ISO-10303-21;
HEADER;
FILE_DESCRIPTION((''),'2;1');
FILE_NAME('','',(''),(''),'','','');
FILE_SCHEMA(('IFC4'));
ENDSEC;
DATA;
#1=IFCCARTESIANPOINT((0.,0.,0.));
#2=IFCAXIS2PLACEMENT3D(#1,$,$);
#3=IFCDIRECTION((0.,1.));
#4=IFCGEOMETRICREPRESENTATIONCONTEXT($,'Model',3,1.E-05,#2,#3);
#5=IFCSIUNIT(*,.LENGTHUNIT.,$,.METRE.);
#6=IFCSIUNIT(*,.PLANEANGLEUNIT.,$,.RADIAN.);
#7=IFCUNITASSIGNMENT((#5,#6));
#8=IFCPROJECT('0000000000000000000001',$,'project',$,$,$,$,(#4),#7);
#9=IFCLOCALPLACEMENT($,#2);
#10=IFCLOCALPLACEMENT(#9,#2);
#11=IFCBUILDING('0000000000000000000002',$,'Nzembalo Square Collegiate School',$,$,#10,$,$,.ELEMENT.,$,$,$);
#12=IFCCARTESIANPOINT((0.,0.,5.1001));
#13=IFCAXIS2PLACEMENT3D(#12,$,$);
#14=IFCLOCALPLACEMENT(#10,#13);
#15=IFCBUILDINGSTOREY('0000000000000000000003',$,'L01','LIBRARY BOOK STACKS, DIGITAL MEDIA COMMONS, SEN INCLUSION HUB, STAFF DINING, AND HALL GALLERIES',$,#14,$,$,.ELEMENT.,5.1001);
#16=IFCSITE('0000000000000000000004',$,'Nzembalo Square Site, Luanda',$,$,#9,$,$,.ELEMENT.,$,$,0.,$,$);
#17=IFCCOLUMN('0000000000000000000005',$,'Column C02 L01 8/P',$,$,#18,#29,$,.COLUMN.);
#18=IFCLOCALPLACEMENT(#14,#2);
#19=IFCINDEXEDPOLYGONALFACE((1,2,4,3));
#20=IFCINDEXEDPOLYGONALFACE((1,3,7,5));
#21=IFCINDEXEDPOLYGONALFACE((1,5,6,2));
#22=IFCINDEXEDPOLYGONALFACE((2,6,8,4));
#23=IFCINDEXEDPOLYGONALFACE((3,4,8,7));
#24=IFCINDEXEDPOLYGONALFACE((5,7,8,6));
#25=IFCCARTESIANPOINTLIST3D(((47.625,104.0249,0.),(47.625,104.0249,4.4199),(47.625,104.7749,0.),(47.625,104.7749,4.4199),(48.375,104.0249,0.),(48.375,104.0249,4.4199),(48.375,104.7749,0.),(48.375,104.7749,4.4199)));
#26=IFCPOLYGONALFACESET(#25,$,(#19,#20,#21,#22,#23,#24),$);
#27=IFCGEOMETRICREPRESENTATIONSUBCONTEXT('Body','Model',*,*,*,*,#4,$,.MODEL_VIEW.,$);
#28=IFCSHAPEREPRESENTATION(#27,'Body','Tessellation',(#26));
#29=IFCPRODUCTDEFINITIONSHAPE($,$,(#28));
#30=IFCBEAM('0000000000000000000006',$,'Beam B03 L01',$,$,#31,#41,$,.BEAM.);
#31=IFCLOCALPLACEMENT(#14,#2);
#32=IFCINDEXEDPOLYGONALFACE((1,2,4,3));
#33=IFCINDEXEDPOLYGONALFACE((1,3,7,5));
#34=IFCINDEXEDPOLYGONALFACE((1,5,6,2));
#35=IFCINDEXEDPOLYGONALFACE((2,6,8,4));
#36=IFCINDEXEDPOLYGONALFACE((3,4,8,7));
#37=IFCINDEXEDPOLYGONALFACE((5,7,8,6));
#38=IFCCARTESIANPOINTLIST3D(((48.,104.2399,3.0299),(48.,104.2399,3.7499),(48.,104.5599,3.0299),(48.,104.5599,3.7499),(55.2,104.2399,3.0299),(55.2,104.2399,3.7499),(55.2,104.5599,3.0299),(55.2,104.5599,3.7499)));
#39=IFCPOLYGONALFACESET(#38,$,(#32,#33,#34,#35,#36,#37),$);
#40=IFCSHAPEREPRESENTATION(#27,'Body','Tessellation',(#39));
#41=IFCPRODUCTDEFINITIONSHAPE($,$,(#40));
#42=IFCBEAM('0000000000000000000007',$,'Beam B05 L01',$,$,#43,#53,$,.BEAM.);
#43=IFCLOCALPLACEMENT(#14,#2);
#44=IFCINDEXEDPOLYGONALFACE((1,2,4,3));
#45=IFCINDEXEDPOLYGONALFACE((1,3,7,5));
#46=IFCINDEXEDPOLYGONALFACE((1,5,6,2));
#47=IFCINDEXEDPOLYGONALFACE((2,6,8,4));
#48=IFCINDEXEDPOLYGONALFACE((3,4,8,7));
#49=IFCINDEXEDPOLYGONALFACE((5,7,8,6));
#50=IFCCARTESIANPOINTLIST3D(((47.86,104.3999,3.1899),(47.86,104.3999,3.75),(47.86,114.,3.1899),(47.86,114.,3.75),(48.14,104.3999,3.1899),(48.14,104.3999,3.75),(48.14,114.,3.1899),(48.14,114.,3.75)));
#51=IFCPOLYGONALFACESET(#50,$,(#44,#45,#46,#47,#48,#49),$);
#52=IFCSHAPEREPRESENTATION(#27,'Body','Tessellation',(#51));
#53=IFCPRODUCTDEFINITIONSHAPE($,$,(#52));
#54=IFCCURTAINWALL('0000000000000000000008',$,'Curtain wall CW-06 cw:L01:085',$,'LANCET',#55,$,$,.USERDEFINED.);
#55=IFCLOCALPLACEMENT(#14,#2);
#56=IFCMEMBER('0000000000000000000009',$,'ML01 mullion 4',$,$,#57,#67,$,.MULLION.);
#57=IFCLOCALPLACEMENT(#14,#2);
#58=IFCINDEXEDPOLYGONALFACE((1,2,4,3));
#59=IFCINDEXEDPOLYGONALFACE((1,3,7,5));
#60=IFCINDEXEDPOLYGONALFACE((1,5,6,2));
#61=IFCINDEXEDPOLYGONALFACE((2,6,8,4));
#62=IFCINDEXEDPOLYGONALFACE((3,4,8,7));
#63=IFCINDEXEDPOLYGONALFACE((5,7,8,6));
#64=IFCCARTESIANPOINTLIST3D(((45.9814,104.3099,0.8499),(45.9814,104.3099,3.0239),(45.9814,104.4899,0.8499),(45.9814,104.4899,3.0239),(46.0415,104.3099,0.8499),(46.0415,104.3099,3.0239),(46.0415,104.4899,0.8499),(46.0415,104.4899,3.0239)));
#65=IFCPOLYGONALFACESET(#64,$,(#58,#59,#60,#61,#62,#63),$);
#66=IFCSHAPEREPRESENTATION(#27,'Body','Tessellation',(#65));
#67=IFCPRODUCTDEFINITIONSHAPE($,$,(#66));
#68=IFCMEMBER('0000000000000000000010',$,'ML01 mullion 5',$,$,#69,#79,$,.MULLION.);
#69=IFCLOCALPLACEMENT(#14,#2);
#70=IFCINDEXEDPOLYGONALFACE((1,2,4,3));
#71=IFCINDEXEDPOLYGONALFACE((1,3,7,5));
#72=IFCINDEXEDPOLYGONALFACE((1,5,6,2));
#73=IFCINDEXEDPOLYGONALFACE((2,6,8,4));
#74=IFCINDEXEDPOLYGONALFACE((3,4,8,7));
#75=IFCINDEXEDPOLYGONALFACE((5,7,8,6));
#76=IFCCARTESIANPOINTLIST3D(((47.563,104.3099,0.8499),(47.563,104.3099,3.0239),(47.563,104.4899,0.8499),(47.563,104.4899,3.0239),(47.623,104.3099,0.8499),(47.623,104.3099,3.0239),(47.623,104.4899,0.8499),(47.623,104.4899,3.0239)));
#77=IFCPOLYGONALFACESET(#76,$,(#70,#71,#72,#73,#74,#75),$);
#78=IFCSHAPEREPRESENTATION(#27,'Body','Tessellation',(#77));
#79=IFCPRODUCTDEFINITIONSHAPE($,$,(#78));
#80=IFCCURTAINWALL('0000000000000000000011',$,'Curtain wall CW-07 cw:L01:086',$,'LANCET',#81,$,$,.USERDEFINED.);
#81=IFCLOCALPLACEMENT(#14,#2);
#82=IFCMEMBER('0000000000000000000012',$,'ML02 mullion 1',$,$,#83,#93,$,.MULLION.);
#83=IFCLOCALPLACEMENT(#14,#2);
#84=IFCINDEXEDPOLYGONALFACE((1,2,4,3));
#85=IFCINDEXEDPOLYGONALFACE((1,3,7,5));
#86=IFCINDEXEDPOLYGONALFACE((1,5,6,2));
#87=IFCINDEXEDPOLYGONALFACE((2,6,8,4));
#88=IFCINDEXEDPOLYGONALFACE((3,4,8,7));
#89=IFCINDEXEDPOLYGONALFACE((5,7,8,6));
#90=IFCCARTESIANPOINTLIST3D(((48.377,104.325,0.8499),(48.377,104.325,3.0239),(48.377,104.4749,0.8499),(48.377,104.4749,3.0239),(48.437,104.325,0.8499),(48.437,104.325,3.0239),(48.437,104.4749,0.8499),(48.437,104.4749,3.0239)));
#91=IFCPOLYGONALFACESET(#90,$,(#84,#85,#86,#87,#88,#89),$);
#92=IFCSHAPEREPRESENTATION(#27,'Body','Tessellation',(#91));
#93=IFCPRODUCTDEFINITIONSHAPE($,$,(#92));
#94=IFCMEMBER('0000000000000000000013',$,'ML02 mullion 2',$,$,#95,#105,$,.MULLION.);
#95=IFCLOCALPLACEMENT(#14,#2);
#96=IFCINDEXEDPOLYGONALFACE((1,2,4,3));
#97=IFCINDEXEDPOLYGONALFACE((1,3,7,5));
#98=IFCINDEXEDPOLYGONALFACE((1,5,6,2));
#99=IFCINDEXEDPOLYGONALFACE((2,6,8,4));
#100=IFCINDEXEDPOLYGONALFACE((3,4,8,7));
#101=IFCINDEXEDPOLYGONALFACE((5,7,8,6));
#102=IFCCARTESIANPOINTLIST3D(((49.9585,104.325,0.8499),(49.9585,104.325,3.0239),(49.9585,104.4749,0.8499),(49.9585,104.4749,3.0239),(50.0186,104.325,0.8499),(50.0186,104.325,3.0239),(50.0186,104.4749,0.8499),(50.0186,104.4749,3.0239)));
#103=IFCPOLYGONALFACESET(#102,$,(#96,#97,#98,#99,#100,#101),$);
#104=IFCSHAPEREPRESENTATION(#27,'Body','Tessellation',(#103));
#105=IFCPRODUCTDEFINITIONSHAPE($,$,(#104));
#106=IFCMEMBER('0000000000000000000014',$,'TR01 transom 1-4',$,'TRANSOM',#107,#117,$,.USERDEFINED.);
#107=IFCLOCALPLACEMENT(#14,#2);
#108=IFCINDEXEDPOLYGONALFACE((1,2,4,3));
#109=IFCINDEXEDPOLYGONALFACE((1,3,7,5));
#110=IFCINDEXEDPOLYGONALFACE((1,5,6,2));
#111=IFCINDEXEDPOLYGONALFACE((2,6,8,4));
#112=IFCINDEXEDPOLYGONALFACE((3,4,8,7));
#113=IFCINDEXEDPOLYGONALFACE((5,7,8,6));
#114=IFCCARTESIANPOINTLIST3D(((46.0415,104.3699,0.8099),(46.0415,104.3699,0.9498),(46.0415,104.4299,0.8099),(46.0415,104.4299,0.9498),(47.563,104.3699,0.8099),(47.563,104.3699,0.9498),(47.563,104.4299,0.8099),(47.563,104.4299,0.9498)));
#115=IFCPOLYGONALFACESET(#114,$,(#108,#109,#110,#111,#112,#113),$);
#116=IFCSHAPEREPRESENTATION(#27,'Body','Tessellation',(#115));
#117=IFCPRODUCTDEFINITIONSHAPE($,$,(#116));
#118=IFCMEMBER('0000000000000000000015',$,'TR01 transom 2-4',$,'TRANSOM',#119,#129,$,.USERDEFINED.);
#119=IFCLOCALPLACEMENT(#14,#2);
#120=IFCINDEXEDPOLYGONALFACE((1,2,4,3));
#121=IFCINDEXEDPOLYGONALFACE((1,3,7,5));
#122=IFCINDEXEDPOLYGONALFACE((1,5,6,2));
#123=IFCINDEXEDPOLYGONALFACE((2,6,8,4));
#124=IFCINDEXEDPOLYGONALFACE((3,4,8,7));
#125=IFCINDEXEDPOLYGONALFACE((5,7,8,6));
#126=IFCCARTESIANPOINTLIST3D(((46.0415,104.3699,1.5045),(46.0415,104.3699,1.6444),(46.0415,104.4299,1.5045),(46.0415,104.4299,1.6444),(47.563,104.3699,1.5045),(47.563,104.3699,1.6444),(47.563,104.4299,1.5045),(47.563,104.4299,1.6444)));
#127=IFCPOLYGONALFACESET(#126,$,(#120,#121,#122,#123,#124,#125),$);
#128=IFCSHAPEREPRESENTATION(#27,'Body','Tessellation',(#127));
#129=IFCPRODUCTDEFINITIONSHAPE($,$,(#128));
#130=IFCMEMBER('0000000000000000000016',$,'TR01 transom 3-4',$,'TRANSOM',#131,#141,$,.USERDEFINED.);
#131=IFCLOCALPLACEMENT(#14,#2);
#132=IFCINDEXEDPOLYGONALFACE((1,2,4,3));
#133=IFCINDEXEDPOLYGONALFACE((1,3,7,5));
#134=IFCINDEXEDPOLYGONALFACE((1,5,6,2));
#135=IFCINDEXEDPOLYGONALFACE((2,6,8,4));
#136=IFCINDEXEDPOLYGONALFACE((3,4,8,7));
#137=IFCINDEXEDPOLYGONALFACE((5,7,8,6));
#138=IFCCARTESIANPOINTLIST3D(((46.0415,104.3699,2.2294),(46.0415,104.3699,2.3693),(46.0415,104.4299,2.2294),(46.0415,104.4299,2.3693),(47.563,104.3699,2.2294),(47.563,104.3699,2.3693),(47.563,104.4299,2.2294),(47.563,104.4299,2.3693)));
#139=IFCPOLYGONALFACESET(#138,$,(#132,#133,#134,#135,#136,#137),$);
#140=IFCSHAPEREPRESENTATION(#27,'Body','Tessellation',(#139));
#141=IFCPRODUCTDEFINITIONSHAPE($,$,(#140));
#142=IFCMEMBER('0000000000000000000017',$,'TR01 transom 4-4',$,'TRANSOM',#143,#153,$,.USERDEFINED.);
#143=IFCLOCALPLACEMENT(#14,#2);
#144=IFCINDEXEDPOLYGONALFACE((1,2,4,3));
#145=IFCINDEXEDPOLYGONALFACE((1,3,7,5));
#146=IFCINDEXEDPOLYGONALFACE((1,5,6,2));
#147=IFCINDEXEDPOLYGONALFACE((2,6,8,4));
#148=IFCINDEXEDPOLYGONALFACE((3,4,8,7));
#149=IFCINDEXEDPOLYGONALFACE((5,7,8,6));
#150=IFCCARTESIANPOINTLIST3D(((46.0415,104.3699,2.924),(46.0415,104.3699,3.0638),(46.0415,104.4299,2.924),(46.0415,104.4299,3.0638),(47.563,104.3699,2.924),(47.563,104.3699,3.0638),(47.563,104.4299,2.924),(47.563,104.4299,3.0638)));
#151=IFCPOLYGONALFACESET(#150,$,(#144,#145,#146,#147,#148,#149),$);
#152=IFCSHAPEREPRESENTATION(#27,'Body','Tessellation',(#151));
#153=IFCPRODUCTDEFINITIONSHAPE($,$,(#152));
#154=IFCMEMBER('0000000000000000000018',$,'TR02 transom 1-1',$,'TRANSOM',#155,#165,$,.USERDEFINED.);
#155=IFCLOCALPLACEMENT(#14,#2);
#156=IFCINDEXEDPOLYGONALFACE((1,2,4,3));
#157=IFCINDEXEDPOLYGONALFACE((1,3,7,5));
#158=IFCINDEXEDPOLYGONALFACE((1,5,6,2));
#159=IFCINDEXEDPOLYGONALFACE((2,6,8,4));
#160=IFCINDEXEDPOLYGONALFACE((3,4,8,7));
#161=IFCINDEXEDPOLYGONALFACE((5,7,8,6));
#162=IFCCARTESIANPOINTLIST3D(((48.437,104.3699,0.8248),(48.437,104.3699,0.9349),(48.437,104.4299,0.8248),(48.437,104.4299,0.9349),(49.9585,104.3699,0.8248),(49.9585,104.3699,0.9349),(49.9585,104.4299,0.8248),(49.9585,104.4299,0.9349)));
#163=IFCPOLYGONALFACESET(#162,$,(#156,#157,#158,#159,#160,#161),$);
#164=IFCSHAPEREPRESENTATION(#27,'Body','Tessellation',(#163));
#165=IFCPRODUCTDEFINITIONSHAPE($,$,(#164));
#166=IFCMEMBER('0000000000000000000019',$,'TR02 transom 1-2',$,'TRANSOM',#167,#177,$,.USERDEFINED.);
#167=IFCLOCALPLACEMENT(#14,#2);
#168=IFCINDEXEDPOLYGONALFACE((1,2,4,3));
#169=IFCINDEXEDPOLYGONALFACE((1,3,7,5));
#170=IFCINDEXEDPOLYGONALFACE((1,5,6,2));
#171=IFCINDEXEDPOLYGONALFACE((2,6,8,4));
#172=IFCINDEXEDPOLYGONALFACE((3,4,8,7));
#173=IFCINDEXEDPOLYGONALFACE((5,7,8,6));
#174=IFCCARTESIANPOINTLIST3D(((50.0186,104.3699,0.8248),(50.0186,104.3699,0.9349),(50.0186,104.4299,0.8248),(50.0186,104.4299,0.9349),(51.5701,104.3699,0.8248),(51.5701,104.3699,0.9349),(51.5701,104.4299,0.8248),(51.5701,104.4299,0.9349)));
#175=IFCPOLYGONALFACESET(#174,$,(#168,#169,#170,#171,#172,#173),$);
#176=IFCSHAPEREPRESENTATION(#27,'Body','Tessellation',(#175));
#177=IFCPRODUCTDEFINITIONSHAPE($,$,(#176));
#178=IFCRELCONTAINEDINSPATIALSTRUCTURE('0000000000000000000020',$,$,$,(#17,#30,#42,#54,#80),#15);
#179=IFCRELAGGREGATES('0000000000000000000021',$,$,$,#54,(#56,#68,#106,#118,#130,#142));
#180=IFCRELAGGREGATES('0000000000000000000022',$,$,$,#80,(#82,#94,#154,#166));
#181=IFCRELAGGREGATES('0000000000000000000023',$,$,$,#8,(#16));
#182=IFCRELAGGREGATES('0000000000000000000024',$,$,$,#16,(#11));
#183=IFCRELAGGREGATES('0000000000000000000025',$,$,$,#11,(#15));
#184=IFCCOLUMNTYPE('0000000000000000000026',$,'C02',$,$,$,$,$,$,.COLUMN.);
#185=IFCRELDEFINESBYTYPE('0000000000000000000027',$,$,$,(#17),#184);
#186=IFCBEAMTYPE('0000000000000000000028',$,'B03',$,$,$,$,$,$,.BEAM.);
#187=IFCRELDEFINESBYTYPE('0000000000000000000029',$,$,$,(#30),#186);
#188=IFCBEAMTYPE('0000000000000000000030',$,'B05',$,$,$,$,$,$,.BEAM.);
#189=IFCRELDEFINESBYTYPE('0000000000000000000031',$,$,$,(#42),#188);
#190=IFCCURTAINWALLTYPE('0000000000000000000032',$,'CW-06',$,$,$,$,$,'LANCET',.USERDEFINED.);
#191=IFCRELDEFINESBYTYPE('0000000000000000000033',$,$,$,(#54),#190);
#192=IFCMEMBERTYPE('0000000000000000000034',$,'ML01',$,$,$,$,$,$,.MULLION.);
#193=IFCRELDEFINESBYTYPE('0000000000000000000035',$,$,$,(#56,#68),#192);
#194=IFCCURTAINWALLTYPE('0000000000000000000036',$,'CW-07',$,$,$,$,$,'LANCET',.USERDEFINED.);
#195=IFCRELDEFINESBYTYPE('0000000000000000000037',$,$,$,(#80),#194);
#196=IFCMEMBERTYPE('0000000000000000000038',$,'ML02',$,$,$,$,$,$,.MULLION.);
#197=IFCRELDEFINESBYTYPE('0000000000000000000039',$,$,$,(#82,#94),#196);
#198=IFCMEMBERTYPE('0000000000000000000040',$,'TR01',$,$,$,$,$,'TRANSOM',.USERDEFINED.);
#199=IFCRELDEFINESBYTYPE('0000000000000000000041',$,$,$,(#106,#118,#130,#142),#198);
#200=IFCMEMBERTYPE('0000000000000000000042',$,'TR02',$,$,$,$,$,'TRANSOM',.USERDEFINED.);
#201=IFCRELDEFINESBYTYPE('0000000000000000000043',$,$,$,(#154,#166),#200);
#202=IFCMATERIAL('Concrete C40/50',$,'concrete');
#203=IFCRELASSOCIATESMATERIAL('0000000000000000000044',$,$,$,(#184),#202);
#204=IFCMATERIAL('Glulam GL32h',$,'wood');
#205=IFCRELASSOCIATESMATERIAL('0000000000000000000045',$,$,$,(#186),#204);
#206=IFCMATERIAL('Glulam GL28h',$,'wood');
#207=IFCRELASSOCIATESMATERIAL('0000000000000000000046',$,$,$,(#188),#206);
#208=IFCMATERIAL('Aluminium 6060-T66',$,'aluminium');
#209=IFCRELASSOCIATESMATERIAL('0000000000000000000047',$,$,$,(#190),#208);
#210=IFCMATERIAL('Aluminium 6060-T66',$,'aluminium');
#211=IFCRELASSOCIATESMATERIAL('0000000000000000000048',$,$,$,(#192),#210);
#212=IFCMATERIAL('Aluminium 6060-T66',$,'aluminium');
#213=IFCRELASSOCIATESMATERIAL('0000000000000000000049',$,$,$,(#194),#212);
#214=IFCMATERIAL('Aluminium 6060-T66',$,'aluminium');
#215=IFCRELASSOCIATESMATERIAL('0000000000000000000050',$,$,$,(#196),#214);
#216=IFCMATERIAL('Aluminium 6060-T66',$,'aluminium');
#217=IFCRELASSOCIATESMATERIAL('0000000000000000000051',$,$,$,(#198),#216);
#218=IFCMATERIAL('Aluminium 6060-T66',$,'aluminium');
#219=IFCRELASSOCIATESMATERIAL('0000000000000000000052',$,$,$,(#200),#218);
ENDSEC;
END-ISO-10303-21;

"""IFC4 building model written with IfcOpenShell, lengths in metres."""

from ifc_helpers import new_model, si_unit, direction, frame, origin, origin_2d, place, context, subcontext, project, spatial, rectangle, extrude, material, material_profile, profile_set, type_object, element, aggregate, save


model = new_model("IFC4")

# Units and contexts
model_context = context("Model", 3, precision=1e-05, world=origin(), true_north=direction((0.0, 1.0)))
body_context = subcontext(model_context, "Body", "Model", "MODEL_VIEW")
ifc_project = project(units=[si_unit("LENGTHUNIT", "METRE"), si_unit("PLANEANGLEUNIT", "RADIAN")], contexts=[model_context])

# Site, building, storey
site_placement = place(None, origin())
site = spatial("IfcSite", under=ifc_project, at=site_placement, Name="Nzembalo Square Site, Luanda", CompositionType="ELEMENT", RefElevation=0.0)
building_placement = place(site_placement, origin())
building = spatial("IfcBuilding", under=site, at=building_placement, Name="Nzembalo Square Collegiate School", CompositionType="ELEMENT")
storey_placement = place(building_placement, frame((0.0, 0.0, 5.1001)))
storey = spatial("IfcBuildingStorey", under=building, at=storey_placement, Name="L01", Description="LIBRARY BOOK STACKS, DIGITAL MEDIA COMMONS, SEN INCLUSION HUB, STAFF DINING, AND HALL GALLERIES", CompositionType="ELEMENT", Elevation=5.1001)

# Column
ifc_material_1 = material(Name="Concrete C40/50", Category="concrete")
ifc_material_profile_1 = material_profile(ifc_material_1, rectangle(XDim=0.75, YDim=0.75, at=origin_2d()), Name="RC 750x750")
ifc_profile_set_1 = profile_set([ifc_material_profile_1], Name="Concrete C40/50")
column_type = type_object("IfcColumnType", Name="C02", PredefinedType="COLUMN", material=ifc_profile_set_1)
column_placement = place(storey_placement, frame((48.0, 104.3999, 0.0), z_axis=(0.0, 0.0, 1.0), x_axis=(1.0, 0.0, 0.0)))
element("IfcColumn", 1, at=column_placement, inside=storey, type_object=column_type, Name="Column C02 L01 8/P", PredefinedType="COLUMN", context=body_context, shape_type="SweptSolid", body=[
    extrude(rectangle(XDim=0.75, YDim=0.75, at=origin_2d()), origin(), (0.0, 0.0, 1.0), 4.4199),
])

# Beams
ifc_material_2 = material(Name="Glulam GL32h", Category="wood")
ifc_material_profile_2 = material_profile(ifc_material_2, rectangle(XDim=0.3201, YDim=0.72, at=origin_2d()), Name="GL32h 320x720")
ifc_profile_set_2 = profile_set([ifc_material_profile_2], Name="Glulam GL32h")
beam_type_1 = type_object("IfcBeamType", Name="B03", PredefinedType="BEAM", material=ifc_profile_set_2)
beam_1_placement = place(storey_placement, frame((48.0, 104.3999, 3.3899), z_axis=(1.0, 0.0, 0.0), x_axis=(0.0, 1.0, 0.0)))
element("IfcBeam", 2, at=beam_1_placement, inside=storey, type_object=beam_type_1, Name="Beam B03 L01", PredefinedType="BEAM", context=body_context, shape_type="SweptSolid", body=[
    extrude(rectangle(XDim=0.3201, YDim=0.72, at=origin_2d()), origin(), (0.0, 0.0, 1.0), 7.2),
])
ifc_material_3 = material(Name="Glulam GL28h", Category="wood")
ifc_material_profile_3 = material_profile(ifc_material_3, rectangle(XDim=0.28, YDim=0.5601, at=origin_2d()), Name="GL28h 280x560")
ifc_profile_set_3 = profile_set([ifc_material_profile_3], Name="Glulam GL28h")
beam_type_2 = type_object("IfcBeamType", Name="B05", PredefinedType="BEAM", material=ifc_profile_set_3)
beam_2_placement = place(storey_placement, frame((48.0, 104.3999, 3.47), z_axis=(0.0, 1.0, 0.0), x_axis=(-1.0, 0.0, 0.0)))
element("IfcBeam", 3, at=beam_2_placement, inside=storey, type_object=beam_type_2, Name="Beam B05 L01", PredefinedType="BEAM", context=body_context, shape_type="SweptSolid", body=[
    extrude(rectangle(XDim=0.28, YDim=0.5601, at=origin_2d()), origin(), (0.0, 0.0, 1.0), 9.6001),
])

# Curtain walls, members
ifc_material_4 = material(Name="Aluminium 6060-T66", Category="aluminium")
curtain_wall_type_1 = type_object("IfcCurtainWallType", Name="CW-06", ElementType="LANCET", PredefinedType="USERDEFINED", material=ifc_material_4)
curtain_wall_1_placement = place(storey_placement, origin())
curtain_wall_1 = element("IfcCurtainWall", 4, at=curtain_wall_1_placement, inside=storey, type_object=curtain_wall_type_1, Name="Curtain wall CW-06 cw:L01:085", ObjectType="LANCET", PredefinedType="USERDEFINED")
ifc_material_5 = material(Name="Aluminium 6060-T66", Category="aluminium")
ifc_material_profile_4 = material_profile(ifc_material_5, rectangle(XDim=0.0601, YDim=0.1799, at=origin_2d()), Name="ALU M60x180")
ifc_profile_set_4 = profile_set([ifc_material_profile_4], Name="Aluminium 6060-T66")
member_type_1 = type_object("IfcMemberType", Name="ML01", PredefinedType="MULLION", material=ifc_profile_set_4)
member_1_placement = place(storey_placement, frame((46.0115, 104.3999, 0.8499), z_axis=(0.0, 0.0, 1.0), x_axis=(1.0, 0.0, 0.0)))
member_1 = element("IfcMember", 5, at=member_1_placement, type_object=member_type_1, Name="ML01 mullion 4", PredefinedType="MULLION", context=body_context, shape_type="SweptSolid", body=[
    extrude(rectangle(XDim=0.0601, YDim=0.1799, at=origin_2d()), origin(), (0.0, 0.0, 1.0), 2.1741),
])
member_2_placement = place(storey_placement, frame((47.593, 104.3999, 0.8499), z_axis=(0.0, 0.0, 1.0), x_axis=(1.0, 0.0, 0.0)))
member_2 = element("IfcMember", 6, at=member_2_placement, type_object=member_type_1, Name="ML01 mullion 5", PredefinedType="MULLION", context=body_context, shape_type="SweptSolid", body=[
    extrude(rectangle(XDim=0.0601, YDim=0.1799, at=origin_2d()), origin(), (0.0, 0.0, 1.0), 2.1741),
])
ifc_material_6 = material(Name="Aluminium 6060-T66", Category="aluminium")
curtain_wall_type_2 = type_object("IfcCurtainWallType", Name="CW-07", ElementType="LANCET", PredefinedType="USERDEFINED", material=ifc_material_6)
curtain_wall_2_placement = place(storey_placement, origin())
curtain_wall_2 = element("IfcCurtainWall", 7, at=curtain_wall_2_placement, inside=storey, type_object=curtain_wall_type_2, Name="Curtain wall CW-07 cw:L01:086", ObjectType="LANCET", PredefinedType="USERDEFINED")
ifc_material_7 = material(Name="Aluminium 6060-T66", Category="aluminium")
ifc_material_profile_5 = material_profile(ifc_material_7, rectangle(XDim=0.0601, YDim=0.1499, at=origin_2d()), Name="ALU M60x150")
ifc_profile_set_5 = profile_set([ifc_material_profile_5], Name="Aluminium 6060-T66")
member_type_2 = type_object("IfcMemberType", Name="ML02", PredefinedType="MULLION", material=ifc_profile_set_5)
member_3_placement = place(storey_placement, frame((48.407, 104.3999, 0.8499), z_axis=(0.0, 0.0, 1.0), x_axis=(1.0, 0.0, 0.0)))
member_3 = element("IfcMember", 8, at=member_3_placement, type_object=member_type_2, Name="ML02 mullion 1", PredefinedType="MULLION", context=body_context, shape_type="SweptSolid", body=[
    extrude(rectangle(XDim=0.0601, YDim=0.1499, at=origin_2d()), origin(), (0.0, 0.0, 1.0), 2.1741),
])
member_4_placement = place(storey_placement, frame((49.9885, 104.3999, 0.8499), z_axis=(0.0, 0.0, 1.0), x_axis=(1.0, 0.0, 0.0)))
member_4 = element("IfcMember", 9, at=member_4_placement, type_object=member_type_2, Name="ML02 mullion 2", PredefinedType="MULLION", context=body_context, shape_type="SweptSolid", body=[
    extrude(rectangle(XDim=0.0601, YDim=0.1499, at=origin_2d()), origin(), (0.0, 0.0, 1.0), 2.1741),
])

# Members
ifc_material_8 = material(Name="Aluminium 6060-T66", Category="aluminium")
ifc_material_profile_6 = material_profile(ifc_material_8, rectangle(XDim=0.0601, YDim=0.1399, at=origin_2d()), Name="ALU T60x140")
ifc_profile_set_6 = profile_set([ifc_material_profile_6], Name="Aluminium 6060-T66")
member_type_3 = type_object("IfcMemberType", Name="TR01", ElementType="TRANSOM", PredefinedType="USERDEFINED", material=ifc_profile_set_6)
member_5_placement = place(storey_placement, frame((46.0415, 104.3999, 0.8799), z_axis=(1.0, 0.0, 0.0), x_axis=(0.0, 1.0, 0.0)))
member_5 = element("IfcMember", 10, at=member_5_placement, type_object=member_type_3, Name="TR01 transom 1-4", ObjectType="TRANSOM", PredefinedType="USERDEFINED", context=body_context, shape_type="SweptSolid", body=[
    extrude(rectangle(XDim=0.0601, YDim=0.1399, at=origin_2d()), origin(), (0.0, 0.0, 1.0), 1.5215),
])
member_6_placement = place(storey_placement, frame((46.0415, 104.3999, 1.5745), z_axis=(1.0, 0.0, 0.0), x_axis=(0.0, 1.0, 0.0)))
member_6 = element("IfcMember", 11, at=member_6_placement, type_object=member_type_3, Name="TR01 transom 2-4", ObjectType="TRANSOM", PredefinedType="USERDEFINED", context=body_context, shape_type="SweptSolid", body=[
    extrude(rectangle(XDim=0.0601, YDim=0.1399, at=origin_2d()), origin(), (0.0, 0.0, 1.0), 1.5215),
])
member_7_placement = place(storey_placement, frame((46.0415, 104.3999, 2.2993), z_axis=(1.0, 0.0, 0.0), x_axis=(0.0, 1.0, 0.0)))
member_7 = element("IfcMember", 12, at=member_7_placement, type_object=member_type_3, Name="TR01 transom 3-4", ObjectType="TRANSOM", PredefinedType="USERDEFINED", context=body_context, shape_type="SweptSolid", body=[
    extrude(rectangle(XDim=0.0601, YDim=0.1399, at=origin_2d()), origin(), (0.0, 0.0, 1.0), 1.5215),
])
member_8_placement = place(storey_placement, frame((46.0415, 104.3999, 2.9939), z_axis=(1.0, 0.0, 0.0), x_axis=(0.0, 1.0, 0.0)))
member_8 = element("IfcMember", 13, at=member_8_placement, type_object=member_type_3, Name="TR01 transom 4-4", ObjectType="TRANSOM", PredefinedType="USERDEFINED", context=body_context, shape_type="SweptSolid", body=[
    extrude(rectangle(XDim=0.0601, YDim=0.1399, at=origin_2d()), origin(), (0.0, 0.0, 1.0), 1.5215),
])
ifc_material_9 = material(Name="Aluminium 6060-T66", Category="aluminium")
ifc_material_profile_7 = material_profile(ifc_material_9, rectangle(XDim=0.0601, YDim=0.1101, at=origin_2d()), Name="ALU T60x110")
ifc_profile_set_7 = profile_set([ifc_material_profile_7], Name="Aluminium 6060-T66")
member_type_4 = type_object("IfcMemberType", Name="TR02", ElementType="TRANSOM", PredefinedType="USERDEFINED", material=ifc_profile_set_7)
member_9_placement = place(storey_placement, frame((48.437, 104.3999, 0.8799), z_axis=(1.0, 0.0, 0.0), x_axis=(0.0, 1.0, 0.0)))
member_9 = element("IfcMember", 14, at=member_9_placement, type_object=member_type_4, Name="TR02 transom 1-1", ObjectType="TRANSOM", PredefinedType="USERDEFINED", context=body_context, shape_type="SweptSolid", body=[
    extrude(rectangle(XDim=0.0601, YDim=0.1101, at=origin_2d()), origin(), (0.0, 0.0, 1.0), 1.5215),
])
member_10_placement = place(storey_placement, frame((50.0186, 104.3999, 0.8799), z_axis=(1.0, 0.0, 0.0), x_axis=(0.0, 1.0, 0.0)))
member_10 = element("IfcMember", 15, at=member_10_placement, type_object=member_type_4, Name="TR02 transom 1-2", ObjectType="TRANSOM", PredefinedType="USERDEFINED", context=body_context, shape_type="SweptSolid", body=[
    extrude(rectangle(XDim=0.0601, YDim=0.1101, at=origin_2d()), origin(), (0.0, 0.0, 1.0), 1.5515),
])

aggregate(curtain_wall_1, [member_1, member_2, member_5, member_6, member_7, member_8])
aggregate(curtain_wall_2, [member_3, member_4, member_9, member_10])

save(model, "model.ifc")
